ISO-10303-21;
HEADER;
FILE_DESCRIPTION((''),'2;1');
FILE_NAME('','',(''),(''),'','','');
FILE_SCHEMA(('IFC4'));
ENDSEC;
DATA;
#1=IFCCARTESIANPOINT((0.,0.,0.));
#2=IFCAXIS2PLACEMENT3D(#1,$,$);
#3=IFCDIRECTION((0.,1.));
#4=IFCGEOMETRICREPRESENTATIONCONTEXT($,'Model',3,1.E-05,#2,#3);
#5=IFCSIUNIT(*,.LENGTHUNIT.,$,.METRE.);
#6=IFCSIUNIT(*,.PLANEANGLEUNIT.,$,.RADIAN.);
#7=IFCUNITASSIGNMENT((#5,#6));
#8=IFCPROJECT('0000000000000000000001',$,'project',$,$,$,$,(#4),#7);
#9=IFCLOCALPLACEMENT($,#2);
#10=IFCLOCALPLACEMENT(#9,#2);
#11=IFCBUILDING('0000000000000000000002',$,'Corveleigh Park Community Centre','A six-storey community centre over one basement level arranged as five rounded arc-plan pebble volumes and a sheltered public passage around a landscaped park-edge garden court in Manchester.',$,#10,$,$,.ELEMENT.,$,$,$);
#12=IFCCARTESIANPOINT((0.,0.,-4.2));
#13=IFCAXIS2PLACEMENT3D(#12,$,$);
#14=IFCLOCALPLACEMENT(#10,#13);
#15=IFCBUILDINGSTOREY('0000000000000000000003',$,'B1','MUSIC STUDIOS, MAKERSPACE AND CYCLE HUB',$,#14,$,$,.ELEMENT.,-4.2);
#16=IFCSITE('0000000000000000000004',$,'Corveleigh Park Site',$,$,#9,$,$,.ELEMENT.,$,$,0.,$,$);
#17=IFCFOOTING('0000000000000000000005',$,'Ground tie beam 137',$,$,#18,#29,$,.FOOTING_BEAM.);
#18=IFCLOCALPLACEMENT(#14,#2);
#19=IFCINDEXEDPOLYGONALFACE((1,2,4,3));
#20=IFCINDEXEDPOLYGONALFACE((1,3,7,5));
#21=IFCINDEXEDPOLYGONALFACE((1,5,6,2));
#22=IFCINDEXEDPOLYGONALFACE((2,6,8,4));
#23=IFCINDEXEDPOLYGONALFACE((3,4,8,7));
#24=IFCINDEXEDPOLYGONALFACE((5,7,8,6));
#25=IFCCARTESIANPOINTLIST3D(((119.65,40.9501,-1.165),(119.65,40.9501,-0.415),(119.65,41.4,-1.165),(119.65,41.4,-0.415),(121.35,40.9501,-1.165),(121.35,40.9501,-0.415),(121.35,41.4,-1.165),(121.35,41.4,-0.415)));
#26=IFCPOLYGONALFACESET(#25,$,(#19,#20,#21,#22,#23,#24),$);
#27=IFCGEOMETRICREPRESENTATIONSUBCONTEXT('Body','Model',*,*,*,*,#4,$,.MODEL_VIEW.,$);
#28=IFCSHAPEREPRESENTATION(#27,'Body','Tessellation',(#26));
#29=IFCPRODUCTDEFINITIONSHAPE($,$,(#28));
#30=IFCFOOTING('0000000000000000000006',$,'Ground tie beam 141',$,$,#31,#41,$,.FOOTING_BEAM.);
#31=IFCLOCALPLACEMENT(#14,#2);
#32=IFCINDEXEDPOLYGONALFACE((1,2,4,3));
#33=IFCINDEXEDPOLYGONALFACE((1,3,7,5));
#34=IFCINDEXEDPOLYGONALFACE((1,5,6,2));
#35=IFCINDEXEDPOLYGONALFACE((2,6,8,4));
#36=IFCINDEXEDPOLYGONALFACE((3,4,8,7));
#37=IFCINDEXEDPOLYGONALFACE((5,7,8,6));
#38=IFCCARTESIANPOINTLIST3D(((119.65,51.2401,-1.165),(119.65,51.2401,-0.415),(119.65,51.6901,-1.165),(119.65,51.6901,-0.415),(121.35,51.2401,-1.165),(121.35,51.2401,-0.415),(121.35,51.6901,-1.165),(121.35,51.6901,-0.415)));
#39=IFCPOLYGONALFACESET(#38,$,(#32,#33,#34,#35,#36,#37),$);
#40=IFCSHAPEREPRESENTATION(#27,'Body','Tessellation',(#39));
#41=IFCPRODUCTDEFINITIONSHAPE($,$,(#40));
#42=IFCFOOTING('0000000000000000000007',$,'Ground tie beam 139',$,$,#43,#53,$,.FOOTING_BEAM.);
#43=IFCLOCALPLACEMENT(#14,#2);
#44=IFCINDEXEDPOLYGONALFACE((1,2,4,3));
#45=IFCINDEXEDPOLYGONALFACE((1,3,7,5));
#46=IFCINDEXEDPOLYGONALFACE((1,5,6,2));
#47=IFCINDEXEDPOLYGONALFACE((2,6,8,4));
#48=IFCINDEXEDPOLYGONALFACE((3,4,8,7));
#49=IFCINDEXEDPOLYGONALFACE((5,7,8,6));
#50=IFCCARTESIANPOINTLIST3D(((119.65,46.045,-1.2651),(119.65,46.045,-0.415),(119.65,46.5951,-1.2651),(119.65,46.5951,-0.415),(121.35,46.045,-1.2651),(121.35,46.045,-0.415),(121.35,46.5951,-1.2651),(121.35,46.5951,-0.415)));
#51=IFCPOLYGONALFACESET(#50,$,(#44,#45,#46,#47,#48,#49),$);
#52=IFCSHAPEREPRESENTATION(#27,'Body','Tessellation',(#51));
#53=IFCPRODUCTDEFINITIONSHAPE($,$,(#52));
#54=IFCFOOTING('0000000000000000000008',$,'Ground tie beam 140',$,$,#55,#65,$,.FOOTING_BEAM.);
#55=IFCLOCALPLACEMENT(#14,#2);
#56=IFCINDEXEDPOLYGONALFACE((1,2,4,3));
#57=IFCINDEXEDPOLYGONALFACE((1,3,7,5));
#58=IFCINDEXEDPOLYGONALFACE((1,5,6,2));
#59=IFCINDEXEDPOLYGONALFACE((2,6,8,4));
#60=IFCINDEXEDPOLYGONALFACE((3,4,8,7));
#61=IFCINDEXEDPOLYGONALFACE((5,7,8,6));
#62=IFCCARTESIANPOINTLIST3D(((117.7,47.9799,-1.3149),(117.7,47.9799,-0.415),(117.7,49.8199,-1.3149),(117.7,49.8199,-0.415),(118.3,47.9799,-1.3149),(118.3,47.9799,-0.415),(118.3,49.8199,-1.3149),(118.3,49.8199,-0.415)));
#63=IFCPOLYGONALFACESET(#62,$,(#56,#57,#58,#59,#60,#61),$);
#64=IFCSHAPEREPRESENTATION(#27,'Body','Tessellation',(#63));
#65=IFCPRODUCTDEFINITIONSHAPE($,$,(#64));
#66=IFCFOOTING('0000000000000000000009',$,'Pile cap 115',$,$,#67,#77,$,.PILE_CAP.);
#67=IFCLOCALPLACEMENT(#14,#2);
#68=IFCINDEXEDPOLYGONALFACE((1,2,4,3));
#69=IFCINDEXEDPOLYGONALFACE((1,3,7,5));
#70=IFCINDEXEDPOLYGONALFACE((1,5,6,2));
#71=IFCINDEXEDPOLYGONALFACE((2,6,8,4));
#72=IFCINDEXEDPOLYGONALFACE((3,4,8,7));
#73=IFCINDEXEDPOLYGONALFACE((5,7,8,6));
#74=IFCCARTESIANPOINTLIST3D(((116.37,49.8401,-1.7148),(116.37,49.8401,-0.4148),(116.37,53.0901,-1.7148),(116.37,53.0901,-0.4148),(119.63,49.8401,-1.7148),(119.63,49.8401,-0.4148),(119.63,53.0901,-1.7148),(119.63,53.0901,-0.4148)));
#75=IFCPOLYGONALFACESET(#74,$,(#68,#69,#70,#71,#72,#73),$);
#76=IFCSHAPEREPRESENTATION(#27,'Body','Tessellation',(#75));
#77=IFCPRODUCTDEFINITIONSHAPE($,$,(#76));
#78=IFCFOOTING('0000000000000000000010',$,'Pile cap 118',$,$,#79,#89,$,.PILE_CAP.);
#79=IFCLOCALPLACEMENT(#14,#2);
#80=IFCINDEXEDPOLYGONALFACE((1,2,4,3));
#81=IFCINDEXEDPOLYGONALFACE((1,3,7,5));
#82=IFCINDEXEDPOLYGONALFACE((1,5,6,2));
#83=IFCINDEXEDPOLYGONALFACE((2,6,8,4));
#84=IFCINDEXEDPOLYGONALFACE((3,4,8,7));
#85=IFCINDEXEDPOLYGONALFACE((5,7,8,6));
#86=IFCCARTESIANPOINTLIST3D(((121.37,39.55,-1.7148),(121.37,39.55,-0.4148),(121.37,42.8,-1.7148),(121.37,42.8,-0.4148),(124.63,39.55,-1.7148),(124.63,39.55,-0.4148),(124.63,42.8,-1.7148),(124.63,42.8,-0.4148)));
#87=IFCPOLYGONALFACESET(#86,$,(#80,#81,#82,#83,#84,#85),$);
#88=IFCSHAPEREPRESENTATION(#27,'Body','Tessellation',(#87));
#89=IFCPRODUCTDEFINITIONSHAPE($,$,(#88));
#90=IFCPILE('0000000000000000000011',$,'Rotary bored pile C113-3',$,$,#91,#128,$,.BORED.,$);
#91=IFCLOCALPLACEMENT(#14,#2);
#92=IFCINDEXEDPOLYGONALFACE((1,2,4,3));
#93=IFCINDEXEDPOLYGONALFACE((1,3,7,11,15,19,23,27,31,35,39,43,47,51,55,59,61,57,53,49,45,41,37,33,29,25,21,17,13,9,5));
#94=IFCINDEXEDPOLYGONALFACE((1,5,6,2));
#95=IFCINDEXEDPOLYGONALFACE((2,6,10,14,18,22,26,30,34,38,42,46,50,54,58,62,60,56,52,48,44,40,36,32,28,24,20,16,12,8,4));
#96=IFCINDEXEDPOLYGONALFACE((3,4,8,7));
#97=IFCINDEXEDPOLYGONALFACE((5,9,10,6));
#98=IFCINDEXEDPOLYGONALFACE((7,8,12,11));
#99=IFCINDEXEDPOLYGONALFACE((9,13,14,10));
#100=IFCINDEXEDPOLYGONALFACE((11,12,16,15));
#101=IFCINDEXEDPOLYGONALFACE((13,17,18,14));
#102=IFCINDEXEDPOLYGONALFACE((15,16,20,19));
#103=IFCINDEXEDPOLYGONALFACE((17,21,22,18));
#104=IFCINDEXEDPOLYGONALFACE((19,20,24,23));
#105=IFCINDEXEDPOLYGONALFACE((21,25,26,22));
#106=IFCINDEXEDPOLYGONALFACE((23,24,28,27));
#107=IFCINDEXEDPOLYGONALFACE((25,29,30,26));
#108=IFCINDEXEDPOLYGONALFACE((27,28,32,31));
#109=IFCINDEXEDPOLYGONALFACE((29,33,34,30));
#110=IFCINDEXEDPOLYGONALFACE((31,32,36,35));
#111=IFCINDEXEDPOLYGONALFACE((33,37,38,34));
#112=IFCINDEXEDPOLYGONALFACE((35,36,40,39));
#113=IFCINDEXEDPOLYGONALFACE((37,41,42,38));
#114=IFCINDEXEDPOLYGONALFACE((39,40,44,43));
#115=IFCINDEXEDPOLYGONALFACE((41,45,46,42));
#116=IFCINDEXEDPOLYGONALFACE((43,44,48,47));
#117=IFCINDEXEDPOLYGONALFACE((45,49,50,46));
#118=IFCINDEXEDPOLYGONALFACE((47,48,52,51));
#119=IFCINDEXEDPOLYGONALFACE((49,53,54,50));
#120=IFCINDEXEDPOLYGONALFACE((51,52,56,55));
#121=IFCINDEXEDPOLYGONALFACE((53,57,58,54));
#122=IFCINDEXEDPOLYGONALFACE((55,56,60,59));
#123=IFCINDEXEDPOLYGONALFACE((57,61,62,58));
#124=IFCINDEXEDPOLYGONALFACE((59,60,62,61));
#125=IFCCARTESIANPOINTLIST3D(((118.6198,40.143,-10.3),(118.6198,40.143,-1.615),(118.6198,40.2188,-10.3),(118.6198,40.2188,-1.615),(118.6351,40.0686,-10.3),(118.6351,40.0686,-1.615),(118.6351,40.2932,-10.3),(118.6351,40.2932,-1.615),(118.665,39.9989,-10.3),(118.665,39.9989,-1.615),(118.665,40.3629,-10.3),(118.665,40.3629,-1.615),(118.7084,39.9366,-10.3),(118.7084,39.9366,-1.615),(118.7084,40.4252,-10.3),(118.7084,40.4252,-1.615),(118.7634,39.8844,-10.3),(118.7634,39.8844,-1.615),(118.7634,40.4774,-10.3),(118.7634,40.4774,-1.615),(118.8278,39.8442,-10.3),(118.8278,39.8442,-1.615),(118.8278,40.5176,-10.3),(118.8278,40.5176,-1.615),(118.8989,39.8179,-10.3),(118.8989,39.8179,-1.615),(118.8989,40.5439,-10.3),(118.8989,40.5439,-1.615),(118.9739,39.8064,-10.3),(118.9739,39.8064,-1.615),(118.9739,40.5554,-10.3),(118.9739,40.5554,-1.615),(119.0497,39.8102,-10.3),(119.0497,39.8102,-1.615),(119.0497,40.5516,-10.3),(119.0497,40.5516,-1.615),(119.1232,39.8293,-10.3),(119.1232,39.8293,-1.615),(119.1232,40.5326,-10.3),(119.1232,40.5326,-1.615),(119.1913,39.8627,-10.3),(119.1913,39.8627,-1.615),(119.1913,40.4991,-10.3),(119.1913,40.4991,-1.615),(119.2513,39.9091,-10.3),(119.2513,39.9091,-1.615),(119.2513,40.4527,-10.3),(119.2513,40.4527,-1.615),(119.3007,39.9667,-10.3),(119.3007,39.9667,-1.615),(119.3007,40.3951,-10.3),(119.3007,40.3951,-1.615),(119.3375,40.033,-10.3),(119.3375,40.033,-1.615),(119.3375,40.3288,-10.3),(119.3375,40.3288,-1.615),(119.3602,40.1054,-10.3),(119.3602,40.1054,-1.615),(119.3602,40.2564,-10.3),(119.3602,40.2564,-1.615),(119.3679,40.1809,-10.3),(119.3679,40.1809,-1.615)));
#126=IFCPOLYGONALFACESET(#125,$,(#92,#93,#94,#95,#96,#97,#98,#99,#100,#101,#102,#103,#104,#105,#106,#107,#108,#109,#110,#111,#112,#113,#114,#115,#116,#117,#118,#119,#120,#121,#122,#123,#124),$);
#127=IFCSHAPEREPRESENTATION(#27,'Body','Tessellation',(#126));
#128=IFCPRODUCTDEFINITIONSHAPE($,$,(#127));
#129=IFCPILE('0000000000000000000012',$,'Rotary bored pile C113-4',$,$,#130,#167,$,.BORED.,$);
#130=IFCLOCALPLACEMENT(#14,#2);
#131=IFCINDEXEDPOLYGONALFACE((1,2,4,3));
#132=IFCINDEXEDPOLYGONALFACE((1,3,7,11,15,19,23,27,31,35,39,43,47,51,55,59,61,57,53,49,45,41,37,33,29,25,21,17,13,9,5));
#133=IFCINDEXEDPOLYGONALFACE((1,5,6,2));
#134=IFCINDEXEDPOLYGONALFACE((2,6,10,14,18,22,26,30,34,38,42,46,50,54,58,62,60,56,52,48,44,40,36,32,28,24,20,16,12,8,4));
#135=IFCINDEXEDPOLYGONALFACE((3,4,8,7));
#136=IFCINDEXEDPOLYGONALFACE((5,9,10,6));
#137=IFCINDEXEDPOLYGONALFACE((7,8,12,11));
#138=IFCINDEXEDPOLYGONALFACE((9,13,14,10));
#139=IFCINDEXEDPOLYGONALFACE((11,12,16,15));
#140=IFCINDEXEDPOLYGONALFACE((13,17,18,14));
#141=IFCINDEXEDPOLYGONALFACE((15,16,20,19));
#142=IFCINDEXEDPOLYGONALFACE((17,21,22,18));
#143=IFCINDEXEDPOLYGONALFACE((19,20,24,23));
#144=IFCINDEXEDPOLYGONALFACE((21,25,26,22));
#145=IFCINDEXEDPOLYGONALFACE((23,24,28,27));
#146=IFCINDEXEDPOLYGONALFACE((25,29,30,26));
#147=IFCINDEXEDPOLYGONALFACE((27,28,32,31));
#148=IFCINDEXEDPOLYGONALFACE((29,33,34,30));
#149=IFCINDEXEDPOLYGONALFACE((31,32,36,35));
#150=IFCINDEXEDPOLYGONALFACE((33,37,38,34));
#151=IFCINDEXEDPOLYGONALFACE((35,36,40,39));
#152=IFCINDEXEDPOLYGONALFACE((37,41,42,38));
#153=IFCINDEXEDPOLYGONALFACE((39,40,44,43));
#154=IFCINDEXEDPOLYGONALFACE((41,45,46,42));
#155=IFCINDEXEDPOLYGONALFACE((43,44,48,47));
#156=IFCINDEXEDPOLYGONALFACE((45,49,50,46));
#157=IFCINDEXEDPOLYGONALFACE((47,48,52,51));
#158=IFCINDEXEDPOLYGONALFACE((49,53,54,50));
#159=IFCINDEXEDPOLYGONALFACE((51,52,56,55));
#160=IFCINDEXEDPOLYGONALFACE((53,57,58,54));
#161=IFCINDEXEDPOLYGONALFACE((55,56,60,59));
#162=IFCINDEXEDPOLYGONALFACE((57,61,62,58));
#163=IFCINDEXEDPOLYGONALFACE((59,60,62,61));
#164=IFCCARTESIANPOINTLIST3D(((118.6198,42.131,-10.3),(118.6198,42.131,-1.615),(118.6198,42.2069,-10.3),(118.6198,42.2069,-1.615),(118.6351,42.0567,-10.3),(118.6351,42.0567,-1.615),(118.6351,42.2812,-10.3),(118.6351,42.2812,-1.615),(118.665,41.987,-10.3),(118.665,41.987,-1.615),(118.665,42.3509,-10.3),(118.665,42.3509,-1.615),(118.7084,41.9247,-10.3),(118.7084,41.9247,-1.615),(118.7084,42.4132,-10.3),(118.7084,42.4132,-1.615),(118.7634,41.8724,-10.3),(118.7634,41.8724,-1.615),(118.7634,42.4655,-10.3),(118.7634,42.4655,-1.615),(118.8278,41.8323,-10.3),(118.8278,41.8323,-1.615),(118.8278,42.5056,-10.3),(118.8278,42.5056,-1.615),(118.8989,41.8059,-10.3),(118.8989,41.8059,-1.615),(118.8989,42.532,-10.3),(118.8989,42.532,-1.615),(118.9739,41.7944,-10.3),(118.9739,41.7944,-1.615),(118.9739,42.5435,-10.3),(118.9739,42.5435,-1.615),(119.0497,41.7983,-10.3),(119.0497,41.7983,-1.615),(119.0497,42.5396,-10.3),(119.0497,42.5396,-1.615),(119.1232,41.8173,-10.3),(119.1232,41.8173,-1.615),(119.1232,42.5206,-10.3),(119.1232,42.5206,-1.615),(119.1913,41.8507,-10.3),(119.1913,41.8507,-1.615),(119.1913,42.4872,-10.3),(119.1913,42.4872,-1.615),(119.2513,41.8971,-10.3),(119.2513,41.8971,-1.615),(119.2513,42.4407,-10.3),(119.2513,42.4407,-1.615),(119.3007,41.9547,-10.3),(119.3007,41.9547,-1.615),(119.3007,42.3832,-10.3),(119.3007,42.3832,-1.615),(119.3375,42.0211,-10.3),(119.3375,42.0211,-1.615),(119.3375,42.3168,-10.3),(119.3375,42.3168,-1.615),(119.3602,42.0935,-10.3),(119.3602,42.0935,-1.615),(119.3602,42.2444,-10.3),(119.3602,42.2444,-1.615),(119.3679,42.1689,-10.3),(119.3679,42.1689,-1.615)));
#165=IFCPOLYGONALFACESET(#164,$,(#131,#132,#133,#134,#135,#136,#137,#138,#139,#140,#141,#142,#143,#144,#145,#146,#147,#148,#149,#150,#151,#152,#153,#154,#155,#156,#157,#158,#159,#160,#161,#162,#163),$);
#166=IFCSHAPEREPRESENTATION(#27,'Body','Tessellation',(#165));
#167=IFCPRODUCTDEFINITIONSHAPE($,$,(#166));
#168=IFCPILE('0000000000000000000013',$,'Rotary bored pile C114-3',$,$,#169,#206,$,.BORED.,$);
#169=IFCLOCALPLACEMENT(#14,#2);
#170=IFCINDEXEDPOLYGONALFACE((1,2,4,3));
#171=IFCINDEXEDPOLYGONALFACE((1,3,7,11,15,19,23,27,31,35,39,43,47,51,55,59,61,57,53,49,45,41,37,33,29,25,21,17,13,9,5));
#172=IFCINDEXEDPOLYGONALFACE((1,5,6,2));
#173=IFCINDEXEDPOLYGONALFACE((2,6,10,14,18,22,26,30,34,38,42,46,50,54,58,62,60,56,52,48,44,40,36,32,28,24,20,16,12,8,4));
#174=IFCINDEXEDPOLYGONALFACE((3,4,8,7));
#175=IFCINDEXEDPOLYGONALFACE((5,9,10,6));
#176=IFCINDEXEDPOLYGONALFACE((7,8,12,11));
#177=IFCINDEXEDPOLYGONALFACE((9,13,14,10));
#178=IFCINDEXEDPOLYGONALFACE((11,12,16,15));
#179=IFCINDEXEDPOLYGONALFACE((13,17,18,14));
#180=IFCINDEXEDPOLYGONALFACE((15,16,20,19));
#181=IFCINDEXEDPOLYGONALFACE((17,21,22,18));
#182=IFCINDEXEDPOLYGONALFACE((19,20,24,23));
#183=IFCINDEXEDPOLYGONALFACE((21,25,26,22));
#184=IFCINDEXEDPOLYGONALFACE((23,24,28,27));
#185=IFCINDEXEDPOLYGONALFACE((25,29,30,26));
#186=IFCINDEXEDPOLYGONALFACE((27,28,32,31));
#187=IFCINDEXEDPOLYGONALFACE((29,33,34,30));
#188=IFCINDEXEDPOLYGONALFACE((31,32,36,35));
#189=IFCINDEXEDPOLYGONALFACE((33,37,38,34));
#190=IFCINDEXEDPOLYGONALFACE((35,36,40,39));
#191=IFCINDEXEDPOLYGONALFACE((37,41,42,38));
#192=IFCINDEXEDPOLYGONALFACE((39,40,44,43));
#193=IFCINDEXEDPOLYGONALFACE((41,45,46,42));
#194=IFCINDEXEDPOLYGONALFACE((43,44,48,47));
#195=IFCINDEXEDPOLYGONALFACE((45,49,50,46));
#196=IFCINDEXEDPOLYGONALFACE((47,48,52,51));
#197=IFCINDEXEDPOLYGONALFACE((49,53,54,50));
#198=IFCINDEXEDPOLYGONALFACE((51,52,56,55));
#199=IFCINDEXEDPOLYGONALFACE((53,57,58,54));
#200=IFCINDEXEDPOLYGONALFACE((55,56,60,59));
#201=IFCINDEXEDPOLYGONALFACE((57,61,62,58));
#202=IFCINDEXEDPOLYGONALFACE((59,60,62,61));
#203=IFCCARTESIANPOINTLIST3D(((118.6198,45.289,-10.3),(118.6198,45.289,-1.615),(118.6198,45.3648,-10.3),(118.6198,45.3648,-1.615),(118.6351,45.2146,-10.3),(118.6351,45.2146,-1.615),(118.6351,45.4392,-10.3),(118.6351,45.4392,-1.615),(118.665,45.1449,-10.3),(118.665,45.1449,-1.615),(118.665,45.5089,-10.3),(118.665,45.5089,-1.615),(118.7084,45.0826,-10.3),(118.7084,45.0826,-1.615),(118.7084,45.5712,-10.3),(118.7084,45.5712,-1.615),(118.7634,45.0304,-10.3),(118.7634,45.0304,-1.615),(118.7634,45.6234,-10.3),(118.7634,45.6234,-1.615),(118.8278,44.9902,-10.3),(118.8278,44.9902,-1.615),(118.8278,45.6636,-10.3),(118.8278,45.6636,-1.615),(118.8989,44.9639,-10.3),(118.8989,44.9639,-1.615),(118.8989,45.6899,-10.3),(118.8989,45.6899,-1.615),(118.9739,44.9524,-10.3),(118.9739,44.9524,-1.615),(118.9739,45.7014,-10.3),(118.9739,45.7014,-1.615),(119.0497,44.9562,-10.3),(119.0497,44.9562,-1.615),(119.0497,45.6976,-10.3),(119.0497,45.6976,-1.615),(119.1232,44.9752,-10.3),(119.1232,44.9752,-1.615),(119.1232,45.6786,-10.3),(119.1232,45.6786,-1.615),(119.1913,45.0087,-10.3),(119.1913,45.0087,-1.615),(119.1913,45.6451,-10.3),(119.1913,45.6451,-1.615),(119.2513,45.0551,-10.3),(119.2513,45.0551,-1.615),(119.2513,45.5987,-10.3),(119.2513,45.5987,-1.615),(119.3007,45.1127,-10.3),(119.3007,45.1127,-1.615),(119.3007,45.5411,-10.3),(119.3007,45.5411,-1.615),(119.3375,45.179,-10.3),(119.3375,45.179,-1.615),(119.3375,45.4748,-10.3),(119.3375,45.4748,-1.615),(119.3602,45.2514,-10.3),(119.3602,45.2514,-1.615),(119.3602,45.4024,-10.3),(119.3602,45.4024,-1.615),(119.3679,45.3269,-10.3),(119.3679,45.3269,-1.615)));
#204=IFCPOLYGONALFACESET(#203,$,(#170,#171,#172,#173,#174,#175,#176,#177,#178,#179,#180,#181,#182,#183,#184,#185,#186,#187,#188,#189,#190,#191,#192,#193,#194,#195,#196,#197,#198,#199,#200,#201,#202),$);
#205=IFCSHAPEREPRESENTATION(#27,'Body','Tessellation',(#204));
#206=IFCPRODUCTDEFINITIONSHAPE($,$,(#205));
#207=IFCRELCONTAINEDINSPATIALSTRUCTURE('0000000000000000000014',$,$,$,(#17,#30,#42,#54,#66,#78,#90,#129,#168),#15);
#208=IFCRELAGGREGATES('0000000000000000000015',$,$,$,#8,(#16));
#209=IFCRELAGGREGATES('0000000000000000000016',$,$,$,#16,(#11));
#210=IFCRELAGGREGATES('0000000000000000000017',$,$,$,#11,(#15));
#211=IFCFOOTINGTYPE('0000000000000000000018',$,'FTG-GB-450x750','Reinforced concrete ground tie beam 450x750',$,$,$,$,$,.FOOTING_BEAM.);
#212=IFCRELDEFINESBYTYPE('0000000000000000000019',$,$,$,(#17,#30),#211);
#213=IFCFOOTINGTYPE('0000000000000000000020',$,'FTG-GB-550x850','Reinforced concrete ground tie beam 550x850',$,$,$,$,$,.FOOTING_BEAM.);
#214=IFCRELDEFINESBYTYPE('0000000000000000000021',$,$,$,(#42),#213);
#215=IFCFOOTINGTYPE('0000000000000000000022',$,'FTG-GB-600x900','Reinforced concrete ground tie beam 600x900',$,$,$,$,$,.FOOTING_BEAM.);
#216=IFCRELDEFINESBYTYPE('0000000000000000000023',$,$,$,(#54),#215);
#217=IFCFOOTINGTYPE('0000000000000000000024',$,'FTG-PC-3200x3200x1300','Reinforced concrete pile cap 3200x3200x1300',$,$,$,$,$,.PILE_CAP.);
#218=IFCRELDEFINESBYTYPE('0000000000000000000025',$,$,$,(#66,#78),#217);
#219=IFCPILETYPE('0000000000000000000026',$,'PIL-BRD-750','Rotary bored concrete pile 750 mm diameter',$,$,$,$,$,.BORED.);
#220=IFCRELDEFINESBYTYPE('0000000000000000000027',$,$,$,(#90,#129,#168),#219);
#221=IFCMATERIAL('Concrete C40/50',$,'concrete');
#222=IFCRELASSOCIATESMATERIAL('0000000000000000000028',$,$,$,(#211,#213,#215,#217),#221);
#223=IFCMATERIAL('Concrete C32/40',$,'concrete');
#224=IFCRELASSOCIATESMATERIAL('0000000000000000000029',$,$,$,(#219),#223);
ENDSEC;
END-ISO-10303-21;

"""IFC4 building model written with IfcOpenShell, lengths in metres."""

from ifc_helpers import new_model, si_unit, direction, frame, origin, origin_2d, place, context, subcontext, project, spatial, rectangle, circle, extrude, material, material_profile, profile_set, type_object, element, save


model = new_model("IFC4")

# Units and contexts
model_context = context("Model", 3, precision=1e-05, world=origin(), true_north=direction((0.0, 1.0)))
body_context = subcontext(model_context, "Body", "Model", "MODEL_VIEW")
ifc_project = project(units=[si_unit("LENGTHUNIT", "METRE"), si_unit("PLANEANGLEUNIT", "RADIAN")], contexts=[model_context])

# Site, building, storey
site_placement = place(None, origin())
site = spatial("IfcSite", under=ifc_project, at=site_placement, Name="Corveleigh Park Site", CompositionType="ELEMENT", RefElevation=0.0)
building_placement = place(site_placement, origin())
building = spatial("IfcBuilding", under=site, at=building_placement, Name="Corveleigh Park Community Centre", Description="A six-storey community centre over one basement level arranged as five rounded arc-plan pebble volumes and a sheltered public passage around a landscaped park-edge garden court in Manchester.", CompositionType="ELEMENT")
storey_placement = place(building_placement, frame((0.0, 0.0, -4.2)))
storey = spatial("IfcBuildingStorey", under=building, at=storey_placement, Name="B1", Description="MUSIC STUDIOS, MAKERSPACE AND CYCLE HUB", CompositionType="ELEMENT", Elevation=-4.2)

# Footings
ifc_material_1 = material(Name="Concrete C40/50", Category="concrete")
footing_type_1 = type_object("IfcFootingType", Name="FTG-GB-450x750", Description="Reinforced concrete ground tie beam 450x750", PredefinedType="FOOTING_BEAM", material=ifc_material_1)
for number, where, z_axis, x_axis, name in (
    (1, (120.5, 41.175, -1.165), (0.0, 0.0, 1.0), (1.0, 0.0, 0.0), "Ground tie beam 137"),
    (2, (120.5, 51.4651, -1.165), (0.0, 0.0, 1.0), (1.0, 0.0, 0.0), "Ground tie beam 141"),
):
    element("IfcFooting", number, at=place(storey_placement, frame(where, z_axis=z_axis, x_axis=x_axis)), inside=storey, type_object=footing_type_1, Name=name, PredefinedType="FOOTING_BEAM", context=body_context, shape_type="SweptSolid", body=[
        extrude(rectangle(XDim=1.7, YDim=0.45, at=origin_2d()), origin(), (0.0, 0.0, 1.0), 0.75),
    ])
footing_type_2 = type_object("IfcFootingType", Name="FTG-GB-550x850", Description="Reinforced concrete ground tie beam 550x850", PredefinedType="FOOTING_BEAM", material=ifc_material_1)
footing_1_placement = place(storey_placement, frame((120.5, 46.3201, -1.2651), z_axis=(0.0, 0.0, 1.0), x_axis=(1.0, 0.0, 0.0)))
element("IfcFooting", 3, at=footing_1_placement, inside=storey, type_object=footing_type_2, Name="Ground tie beam 139", PredefinedType="FOOTING_BEAM", context=body_context, shape_type="SweptSolid", body=[
    extrude(rectangle(XDim=1.7, YDim=0.55, at=origin_2d()), origin(), (0.0, 0.0, 1.0), 0.8501),
])
footing_type_3 = type_object("IfcFootingType", Name="FTG-GB-600x900", Description="Reinforced concrete ground tie beam 600x900", PredefinedType="FOOTING_BEAM", material=ifc_material_1)
footing_2_placement = place(storey_placement, frame((118.0, 48.8999, -1.3149), z_axis=(0.0, 0.0, 1.0), x_axis=(1.0, 0.0, 0.0)))
element("IfcFooting", 4, at=footing_2_placement, inside=storey, type_object=footing_type_3, Name="Ground tie beam 140", PredefinedType="FOOTING_BEAM", context=body_context, shape_type="SweptSolid", body=[
    extrude(rectangle(XDim=0.6001, YDim=1.8401, at=origin_2d()), origin(), (0.0, 0.0, 1.0), 0.8999),
])
footing_type_4 = type_object("IfcFootingType", Name="FTG-PC-3200x3200x1300", Description="Reinforced concrete pile cap 3200x3200x1300", PredefinedType="PILE_CAP", material=ifc_material_1)
for number, where, z_axis, x_axis, name in (
    (5, (118.0, 51.4651, -1.7148), (0.0, 0.0, 1.0), (1.0, 0.0, 0.0), "Pile cap 115"),
    (6, (123.0, 41.175, -1.7148), (0.0, 0.0, 1.0), (1.0, 0.0, 0.0), "Pile cap 118"),
):
    element("IfcFooting", number, at=place(storey_placement, frame(where, z_axis=z_axis, x_axis=x_axis)), inside=storey, type_object=footing_type_4, Name=name, PredefinedType="PILE_CAP", context=body_context, shape_type="SweptSolid", body=[
        extrude(rectangle(XDim=3.26, YDim=3.25, at=origin_2d()), origin(), (0.0, 0.0, 1.0), 1.3),
    ])

# Piles
ifc_material_2 = material(Name="Concrete C32/40", Category="concrete")
ifc_material_profile_1 = material_profile(ifc_material_2, circle(Radius=0.375, at=origin_2d()), Name="BORED-PILE-750", Category="concrete")
ifc_profile_set_1 = profile_set([ifc_material_profile_1], Name="Concrete C32/40")
pile_type = type_object("IfcPileType", Name="PIL-BRD-750", Description="Rotary bored concrete pile 750 mm diameter", PredefinedType="BORED", material=ifc_profile_set_1)
for number, where, z_axis, x_axis, name in (
    (7, (118.9929, 40.1809, -1.615), (0.0, 0.0, -1.0), (1.0, 0.0, 0.0), "Rotary bored pile C113-3"),
    (8, (118.9929, 42.1689, -1.615), (0.0, 0.0, -1.0), (1.0, 0.0, 0.0), "Rotary bored pile C113-4"),
    (9, (118.9929, 45.3269, -1.615), (0.0, 0.0, -1.0), (1.0, 0.0, 0.0), "Rotary bored pile C114-3"),
):
    element("IfcPile", number, at=place(storey_placement, frame(where, z_axis=z_axis, x_axis=x_axis)), inside=storey, type_object=pile_type, Name=name, PredefinedType="BORED", context=body_context, shape_type="SweptSolid", body=[
        extrude(circle(Radius=0.375, at=origin_2d()), origin(), (0.0, 0.0, 1.0), 8.6851),
    ])

save(model, "model.ifc")
